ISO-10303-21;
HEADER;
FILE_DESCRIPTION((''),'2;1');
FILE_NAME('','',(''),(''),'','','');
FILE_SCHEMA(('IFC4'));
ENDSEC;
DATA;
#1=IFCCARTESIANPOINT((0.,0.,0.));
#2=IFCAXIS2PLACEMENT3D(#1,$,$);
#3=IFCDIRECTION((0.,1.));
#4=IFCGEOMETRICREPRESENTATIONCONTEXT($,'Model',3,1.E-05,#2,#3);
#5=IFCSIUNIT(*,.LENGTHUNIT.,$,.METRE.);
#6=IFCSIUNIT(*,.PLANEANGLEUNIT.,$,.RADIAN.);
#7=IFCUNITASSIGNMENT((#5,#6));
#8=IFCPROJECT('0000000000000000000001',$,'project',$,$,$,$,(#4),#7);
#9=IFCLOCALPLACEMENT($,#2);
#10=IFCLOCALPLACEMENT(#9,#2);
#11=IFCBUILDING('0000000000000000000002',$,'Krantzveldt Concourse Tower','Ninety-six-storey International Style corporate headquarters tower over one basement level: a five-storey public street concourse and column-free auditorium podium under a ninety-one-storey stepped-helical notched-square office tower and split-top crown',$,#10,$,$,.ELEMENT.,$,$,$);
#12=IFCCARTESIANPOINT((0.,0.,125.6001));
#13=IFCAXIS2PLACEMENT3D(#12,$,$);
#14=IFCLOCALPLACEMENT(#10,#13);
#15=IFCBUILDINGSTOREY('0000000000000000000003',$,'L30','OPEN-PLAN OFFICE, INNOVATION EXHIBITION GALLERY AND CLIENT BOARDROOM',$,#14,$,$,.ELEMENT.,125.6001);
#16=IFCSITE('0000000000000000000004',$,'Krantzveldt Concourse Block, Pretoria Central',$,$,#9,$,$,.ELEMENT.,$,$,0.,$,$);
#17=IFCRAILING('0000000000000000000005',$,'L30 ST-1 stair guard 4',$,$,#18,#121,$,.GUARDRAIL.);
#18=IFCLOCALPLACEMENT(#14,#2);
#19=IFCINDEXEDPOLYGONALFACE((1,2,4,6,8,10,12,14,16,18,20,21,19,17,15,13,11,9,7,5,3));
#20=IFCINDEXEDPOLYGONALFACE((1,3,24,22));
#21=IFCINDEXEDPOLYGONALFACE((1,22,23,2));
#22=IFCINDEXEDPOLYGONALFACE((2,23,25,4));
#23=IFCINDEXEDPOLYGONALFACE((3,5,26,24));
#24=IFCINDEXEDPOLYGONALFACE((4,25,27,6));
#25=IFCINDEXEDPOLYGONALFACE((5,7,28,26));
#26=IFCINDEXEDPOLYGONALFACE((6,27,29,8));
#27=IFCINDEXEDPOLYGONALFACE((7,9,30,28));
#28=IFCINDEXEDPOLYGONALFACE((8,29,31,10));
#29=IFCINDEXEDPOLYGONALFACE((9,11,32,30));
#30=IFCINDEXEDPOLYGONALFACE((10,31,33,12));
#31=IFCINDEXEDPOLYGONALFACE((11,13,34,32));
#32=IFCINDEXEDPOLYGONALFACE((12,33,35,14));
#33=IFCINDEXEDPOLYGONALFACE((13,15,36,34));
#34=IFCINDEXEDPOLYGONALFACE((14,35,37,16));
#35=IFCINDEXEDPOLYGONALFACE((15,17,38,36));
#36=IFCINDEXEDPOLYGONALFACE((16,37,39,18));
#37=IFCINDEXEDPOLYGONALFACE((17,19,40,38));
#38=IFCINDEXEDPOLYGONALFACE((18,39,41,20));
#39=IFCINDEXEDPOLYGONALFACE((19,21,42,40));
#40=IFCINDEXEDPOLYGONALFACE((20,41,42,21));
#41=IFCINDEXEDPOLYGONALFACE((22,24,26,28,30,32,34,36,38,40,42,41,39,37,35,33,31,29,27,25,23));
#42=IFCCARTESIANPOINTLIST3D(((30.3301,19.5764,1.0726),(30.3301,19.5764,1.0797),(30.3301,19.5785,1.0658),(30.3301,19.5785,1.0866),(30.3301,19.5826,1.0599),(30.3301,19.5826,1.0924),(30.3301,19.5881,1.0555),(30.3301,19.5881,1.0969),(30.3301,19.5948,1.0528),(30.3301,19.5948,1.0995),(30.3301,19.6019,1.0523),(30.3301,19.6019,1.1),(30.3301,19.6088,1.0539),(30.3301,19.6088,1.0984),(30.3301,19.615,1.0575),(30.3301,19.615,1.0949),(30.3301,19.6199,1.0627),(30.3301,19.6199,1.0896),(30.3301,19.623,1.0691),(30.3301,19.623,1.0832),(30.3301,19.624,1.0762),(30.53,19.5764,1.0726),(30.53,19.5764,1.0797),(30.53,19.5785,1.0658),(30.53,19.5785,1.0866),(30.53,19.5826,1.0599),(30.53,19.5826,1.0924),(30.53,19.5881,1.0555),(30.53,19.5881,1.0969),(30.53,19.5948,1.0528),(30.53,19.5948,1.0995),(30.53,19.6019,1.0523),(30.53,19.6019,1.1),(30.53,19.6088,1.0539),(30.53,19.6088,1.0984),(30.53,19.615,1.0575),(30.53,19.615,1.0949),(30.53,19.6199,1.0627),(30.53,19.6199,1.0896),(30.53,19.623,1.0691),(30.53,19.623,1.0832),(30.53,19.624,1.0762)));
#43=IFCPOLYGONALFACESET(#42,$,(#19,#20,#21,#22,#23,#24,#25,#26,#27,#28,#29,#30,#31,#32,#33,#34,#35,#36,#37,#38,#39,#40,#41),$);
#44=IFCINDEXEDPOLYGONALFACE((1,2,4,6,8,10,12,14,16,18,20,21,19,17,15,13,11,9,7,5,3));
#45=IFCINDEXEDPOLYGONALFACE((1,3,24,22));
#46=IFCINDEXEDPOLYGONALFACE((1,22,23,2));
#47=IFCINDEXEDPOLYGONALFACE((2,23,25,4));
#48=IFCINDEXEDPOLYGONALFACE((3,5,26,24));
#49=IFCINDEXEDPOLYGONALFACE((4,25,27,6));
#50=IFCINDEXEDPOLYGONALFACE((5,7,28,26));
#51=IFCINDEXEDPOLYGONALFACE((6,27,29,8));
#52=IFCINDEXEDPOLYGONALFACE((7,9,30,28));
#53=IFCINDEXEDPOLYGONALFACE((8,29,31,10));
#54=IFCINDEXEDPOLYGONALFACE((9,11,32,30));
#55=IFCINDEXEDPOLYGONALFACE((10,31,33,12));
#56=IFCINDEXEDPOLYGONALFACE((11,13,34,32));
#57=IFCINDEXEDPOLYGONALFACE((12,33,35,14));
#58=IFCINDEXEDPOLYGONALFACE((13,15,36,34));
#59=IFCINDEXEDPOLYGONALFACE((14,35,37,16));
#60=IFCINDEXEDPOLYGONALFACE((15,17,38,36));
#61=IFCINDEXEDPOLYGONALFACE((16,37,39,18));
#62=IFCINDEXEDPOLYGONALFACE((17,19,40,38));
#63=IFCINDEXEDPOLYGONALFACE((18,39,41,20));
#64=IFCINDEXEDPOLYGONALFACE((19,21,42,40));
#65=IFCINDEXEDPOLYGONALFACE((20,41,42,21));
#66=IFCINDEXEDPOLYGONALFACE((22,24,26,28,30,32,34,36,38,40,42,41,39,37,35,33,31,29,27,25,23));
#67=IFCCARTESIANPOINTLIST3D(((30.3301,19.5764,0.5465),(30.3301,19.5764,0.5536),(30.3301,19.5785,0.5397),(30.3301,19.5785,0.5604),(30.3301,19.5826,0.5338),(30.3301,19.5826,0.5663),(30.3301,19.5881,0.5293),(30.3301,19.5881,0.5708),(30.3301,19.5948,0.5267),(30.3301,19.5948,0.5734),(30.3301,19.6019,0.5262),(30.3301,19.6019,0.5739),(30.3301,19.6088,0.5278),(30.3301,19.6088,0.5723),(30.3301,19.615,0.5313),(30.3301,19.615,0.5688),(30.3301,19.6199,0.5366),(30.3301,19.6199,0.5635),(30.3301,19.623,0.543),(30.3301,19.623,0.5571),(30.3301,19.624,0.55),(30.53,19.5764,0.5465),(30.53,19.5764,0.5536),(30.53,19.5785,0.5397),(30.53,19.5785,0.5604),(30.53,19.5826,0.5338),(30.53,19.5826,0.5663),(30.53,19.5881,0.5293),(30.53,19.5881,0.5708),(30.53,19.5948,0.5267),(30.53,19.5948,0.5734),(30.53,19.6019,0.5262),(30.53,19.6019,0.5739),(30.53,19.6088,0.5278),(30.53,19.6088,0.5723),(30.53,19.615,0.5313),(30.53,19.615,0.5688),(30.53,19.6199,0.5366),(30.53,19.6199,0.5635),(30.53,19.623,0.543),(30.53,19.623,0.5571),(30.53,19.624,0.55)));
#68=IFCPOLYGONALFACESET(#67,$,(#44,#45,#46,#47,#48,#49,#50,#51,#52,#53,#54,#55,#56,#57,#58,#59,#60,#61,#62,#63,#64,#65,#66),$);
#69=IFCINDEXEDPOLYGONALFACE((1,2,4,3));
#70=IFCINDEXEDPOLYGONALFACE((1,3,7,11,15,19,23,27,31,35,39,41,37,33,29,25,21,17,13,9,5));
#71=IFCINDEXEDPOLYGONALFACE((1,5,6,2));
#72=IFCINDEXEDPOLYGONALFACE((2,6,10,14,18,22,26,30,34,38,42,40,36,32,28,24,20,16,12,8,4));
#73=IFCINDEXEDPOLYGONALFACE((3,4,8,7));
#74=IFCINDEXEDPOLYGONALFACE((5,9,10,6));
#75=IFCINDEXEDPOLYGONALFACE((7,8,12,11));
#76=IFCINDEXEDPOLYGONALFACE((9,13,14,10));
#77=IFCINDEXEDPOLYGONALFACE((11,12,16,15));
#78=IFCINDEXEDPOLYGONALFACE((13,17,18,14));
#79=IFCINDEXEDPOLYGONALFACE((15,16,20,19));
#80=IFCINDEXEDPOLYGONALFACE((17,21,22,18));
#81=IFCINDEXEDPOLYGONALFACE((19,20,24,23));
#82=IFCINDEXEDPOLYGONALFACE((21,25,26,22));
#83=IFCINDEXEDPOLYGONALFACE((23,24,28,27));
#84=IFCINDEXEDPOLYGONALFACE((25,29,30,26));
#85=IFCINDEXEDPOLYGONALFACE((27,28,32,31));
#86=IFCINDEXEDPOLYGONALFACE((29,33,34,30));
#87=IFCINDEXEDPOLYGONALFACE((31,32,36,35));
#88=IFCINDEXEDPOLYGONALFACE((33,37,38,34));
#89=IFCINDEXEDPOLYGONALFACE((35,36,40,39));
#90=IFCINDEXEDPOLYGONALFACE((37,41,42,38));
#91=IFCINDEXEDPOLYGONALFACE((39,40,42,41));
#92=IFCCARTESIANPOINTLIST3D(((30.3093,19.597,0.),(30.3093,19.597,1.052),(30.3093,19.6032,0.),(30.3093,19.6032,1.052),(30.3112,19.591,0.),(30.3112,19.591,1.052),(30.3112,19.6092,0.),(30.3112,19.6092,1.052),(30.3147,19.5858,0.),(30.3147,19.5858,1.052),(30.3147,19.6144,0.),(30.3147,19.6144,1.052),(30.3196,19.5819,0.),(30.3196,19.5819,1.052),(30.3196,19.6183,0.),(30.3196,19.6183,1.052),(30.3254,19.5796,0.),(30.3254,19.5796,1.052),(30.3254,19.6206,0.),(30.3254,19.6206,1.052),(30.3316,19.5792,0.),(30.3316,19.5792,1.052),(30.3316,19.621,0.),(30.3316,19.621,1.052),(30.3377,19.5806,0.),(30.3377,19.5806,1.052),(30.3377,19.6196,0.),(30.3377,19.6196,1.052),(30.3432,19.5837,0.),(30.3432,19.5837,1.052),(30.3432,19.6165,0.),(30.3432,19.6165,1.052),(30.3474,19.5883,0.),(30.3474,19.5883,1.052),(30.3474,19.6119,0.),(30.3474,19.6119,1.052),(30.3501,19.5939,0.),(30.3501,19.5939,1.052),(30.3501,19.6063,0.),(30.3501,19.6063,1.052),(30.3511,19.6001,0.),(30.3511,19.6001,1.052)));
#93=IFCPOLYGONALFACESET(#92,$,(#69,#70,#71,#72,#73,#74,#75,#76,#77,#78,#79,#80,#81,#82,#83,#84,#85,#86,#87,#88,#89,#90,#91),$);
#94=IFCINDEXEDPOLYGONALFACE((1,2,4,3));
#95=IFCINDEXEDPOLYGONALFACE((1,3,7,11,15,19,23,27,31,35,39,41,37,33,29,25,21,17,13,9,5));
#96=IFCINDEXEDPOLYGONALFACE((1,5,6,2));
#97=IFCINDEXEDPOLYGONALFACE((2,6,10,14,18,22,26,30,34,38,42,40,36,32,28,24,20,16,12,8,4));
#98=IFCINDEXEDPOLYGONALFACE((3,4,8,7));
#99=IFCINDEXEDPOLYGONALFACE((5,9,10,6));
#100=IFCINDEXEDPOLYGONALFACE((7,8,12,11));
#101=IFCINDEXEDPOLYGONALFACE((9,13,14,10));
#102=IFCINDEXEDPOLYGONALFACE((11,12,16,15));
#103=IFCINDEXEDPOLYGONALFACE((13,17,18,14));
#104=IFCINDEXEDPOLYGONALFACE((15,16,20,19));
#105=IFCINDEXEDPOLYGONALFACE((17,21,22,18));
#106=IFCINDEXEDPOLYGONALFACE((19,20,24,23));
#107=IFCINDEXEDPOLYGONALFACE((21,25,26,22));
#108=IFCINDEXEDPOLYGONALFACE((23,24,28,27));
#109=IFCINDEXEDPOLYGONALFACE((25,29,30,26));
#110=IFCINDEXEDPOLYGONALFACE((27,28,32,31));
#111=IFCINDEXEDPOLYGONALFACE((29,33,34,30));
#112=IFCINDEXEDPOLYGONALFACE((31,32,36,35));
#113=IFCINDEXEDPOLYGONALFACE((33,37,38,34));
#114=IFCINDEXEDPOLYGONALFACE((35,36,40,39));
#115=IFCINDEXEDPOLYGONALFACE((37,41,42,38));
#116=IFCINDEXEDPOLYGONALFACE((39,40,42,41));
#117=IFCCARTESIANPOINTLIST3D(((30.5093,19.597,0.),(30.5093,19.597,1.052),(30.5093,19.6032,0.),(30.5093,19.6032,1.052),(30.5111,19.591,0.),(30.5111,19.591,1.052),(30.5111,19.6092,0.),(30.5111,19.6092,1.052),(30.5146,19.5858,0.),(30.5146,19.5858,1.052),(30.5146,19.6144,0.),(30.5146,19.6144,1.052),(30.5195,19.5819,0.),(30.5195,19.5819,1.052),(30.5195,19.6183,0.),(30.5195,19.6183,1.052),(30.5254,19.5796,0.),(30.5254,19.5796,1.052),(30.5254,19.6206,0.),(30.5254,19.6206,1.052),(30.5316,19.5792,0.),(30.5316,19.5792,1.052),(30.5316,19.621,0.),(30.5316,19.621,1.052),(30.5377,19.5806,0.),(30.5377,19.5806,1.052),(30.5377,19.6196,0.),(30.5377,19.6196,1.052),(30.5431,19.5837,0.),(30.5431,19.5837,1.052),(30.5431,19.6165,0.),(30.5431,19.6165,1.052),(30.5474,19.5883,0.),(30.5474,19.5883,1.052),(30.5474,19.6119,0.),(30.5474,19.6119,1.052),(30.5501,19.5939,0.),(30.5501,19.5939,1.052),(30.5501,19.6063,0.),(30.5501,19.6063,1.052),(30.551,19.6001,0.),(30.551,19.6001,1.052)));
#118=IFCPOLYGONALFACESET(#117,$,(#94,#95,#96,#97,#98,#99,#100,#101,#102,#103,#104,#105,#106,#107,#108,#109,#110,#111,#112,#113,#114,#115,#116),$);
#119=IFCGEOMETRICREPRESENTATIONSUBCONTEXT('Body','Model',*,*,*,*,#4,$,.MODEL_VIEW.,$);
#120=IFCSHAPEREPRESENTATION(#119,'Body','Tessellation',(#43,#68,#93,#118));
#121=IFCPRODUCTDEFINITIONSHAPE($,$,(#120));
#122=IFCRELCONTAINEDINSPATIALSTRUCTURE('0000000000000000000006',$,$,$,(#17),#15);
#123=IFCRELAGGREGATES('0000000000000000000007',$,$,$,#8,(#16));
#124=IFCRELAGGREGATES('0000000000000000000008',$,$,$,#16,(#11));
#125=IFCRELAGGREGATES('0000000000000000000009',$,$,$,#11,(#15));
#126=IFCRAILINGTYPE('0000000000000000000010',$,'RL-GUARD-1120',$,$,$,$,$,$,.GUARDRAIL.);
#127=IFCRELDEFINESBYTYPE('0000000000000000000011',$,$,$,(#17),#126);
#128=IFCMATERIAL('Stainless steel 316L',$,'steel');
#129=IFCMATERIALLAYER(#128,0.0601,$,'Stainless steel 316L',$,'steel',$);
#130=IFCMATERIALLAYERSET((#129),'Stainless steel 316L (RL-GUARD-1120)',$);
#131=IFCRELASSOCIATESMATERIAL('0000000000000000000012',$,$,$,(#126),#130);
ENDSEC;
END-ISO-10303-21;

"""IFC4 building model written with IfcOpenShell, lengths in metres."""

from ifc_helpers import new_model, si_unit, direction, frame, origin, origin_2d, place, context, subcontext, project, spatial, circle, extrude, material, layer, layer_set, type_object, element, save


model = new_model("IFC4")

# Units and contexts
model_context = context("Model", 3, precision=1e-05, world=origin(), true_north=direction((0.0, 1.0)))
body_context = subcontext(model_context, "Body", "Model", "MODEL_VIEW")
ifc_project = project(units=[si_unit("LENGTHUNIT", "METRE"), si_unit("PLANEANGLEUNIT", "RADIAN")], contexts=[model_context])

# Site, building, storey
site_placement = place(None, origin())
site = spatial("IfcSite", under=ifc_project, at=site_placement, Name="Krantzveldt Concourse Block, Pretoria Central", CompositionType="ELEMENT", RefElevation=0.0)
building_placement = place(site_placement, origin())
building = spatial("IfcBuilding", under=site, at=building_placement, Name="Krantzveldt Concourse Tower", Description="Ninety-six-storey International Style corporate headquarters tower over one basement level: a five-storey public street concourse and column-free auditorium podium under a ninety-one-storey stepped-helical notched-square office tower and split-top crown", CompositionType="ELEMENT")
storey_placement = place(building_placement, frame((0.0, 0.0, 125.6001)))
storey = spatial("IfcBuildingStorey", under=building, at=storey_placement, Name="L30", Description="OPEN-PLAN OFFICE, INNOVATION EXHIBITION GALLERY AND CLIENT BOARDROOM", CompositionType="ELEMENT", Elevation=125.6001)

# Railing
ifc_material_1 = material(Name="Stainless steel 316L", Category="steel")
ifc_layer_1 = layer(ifc_material_1, 0.0601, Name="Stainless steel 316L", Category="steel")
ifc_layer_set_1 = layer_set([ifc_layer_1], Name="Stainless steel 316L (RL-GUARD-1120)")
railing_type_1 = type_object("IfcRailingType", Name="RL-GUARD-1120", PredefinedType="GUARDRAIL", material=ifc_layer_set_1)
railing_1_placement = place(storey_placement, frame((30.3301, 19.6001, 0.0)))
element("IfcRailing", 1, at=railing_1_placement, inside=storey, type_object=railing_type_1, Name="L30 ST-1 stair guard 4", PredefinedType="GUARDRAIL", context=body_context, shape_type="SweptSolid", body=[
    extrude(circle(Radius=0.0239, at=origin_2d()), frame((0.0, 0.0, 1.0762), z_axis=(1.0, 0.0, 0.0), x_axis=(0.0, 1.0, 0.0)), (0.0, 0.0, 1.0), 0.2),
    extrude(circle(Radius=0.0239, at=origin_2d()), frame((0.0, 0.0, 0.55), z_axis=(1.0, 0.0, 0.0), x_axis=(0.0, 1.0, 0.0)), (0.0, 0.0, 1.0), 0.2),
    extrude(circle(Radius=0.021, at=origin_2d()), origin(), (0.0, 0.0, 1.0), 1.052),
    extrude(circle(Radius=0.021, at=origin_2d()), frame((0.2, 0.0, 0.0)), (0.0, 0.0, 1.0), 1.052),
])

save(model, "model.ifc")
